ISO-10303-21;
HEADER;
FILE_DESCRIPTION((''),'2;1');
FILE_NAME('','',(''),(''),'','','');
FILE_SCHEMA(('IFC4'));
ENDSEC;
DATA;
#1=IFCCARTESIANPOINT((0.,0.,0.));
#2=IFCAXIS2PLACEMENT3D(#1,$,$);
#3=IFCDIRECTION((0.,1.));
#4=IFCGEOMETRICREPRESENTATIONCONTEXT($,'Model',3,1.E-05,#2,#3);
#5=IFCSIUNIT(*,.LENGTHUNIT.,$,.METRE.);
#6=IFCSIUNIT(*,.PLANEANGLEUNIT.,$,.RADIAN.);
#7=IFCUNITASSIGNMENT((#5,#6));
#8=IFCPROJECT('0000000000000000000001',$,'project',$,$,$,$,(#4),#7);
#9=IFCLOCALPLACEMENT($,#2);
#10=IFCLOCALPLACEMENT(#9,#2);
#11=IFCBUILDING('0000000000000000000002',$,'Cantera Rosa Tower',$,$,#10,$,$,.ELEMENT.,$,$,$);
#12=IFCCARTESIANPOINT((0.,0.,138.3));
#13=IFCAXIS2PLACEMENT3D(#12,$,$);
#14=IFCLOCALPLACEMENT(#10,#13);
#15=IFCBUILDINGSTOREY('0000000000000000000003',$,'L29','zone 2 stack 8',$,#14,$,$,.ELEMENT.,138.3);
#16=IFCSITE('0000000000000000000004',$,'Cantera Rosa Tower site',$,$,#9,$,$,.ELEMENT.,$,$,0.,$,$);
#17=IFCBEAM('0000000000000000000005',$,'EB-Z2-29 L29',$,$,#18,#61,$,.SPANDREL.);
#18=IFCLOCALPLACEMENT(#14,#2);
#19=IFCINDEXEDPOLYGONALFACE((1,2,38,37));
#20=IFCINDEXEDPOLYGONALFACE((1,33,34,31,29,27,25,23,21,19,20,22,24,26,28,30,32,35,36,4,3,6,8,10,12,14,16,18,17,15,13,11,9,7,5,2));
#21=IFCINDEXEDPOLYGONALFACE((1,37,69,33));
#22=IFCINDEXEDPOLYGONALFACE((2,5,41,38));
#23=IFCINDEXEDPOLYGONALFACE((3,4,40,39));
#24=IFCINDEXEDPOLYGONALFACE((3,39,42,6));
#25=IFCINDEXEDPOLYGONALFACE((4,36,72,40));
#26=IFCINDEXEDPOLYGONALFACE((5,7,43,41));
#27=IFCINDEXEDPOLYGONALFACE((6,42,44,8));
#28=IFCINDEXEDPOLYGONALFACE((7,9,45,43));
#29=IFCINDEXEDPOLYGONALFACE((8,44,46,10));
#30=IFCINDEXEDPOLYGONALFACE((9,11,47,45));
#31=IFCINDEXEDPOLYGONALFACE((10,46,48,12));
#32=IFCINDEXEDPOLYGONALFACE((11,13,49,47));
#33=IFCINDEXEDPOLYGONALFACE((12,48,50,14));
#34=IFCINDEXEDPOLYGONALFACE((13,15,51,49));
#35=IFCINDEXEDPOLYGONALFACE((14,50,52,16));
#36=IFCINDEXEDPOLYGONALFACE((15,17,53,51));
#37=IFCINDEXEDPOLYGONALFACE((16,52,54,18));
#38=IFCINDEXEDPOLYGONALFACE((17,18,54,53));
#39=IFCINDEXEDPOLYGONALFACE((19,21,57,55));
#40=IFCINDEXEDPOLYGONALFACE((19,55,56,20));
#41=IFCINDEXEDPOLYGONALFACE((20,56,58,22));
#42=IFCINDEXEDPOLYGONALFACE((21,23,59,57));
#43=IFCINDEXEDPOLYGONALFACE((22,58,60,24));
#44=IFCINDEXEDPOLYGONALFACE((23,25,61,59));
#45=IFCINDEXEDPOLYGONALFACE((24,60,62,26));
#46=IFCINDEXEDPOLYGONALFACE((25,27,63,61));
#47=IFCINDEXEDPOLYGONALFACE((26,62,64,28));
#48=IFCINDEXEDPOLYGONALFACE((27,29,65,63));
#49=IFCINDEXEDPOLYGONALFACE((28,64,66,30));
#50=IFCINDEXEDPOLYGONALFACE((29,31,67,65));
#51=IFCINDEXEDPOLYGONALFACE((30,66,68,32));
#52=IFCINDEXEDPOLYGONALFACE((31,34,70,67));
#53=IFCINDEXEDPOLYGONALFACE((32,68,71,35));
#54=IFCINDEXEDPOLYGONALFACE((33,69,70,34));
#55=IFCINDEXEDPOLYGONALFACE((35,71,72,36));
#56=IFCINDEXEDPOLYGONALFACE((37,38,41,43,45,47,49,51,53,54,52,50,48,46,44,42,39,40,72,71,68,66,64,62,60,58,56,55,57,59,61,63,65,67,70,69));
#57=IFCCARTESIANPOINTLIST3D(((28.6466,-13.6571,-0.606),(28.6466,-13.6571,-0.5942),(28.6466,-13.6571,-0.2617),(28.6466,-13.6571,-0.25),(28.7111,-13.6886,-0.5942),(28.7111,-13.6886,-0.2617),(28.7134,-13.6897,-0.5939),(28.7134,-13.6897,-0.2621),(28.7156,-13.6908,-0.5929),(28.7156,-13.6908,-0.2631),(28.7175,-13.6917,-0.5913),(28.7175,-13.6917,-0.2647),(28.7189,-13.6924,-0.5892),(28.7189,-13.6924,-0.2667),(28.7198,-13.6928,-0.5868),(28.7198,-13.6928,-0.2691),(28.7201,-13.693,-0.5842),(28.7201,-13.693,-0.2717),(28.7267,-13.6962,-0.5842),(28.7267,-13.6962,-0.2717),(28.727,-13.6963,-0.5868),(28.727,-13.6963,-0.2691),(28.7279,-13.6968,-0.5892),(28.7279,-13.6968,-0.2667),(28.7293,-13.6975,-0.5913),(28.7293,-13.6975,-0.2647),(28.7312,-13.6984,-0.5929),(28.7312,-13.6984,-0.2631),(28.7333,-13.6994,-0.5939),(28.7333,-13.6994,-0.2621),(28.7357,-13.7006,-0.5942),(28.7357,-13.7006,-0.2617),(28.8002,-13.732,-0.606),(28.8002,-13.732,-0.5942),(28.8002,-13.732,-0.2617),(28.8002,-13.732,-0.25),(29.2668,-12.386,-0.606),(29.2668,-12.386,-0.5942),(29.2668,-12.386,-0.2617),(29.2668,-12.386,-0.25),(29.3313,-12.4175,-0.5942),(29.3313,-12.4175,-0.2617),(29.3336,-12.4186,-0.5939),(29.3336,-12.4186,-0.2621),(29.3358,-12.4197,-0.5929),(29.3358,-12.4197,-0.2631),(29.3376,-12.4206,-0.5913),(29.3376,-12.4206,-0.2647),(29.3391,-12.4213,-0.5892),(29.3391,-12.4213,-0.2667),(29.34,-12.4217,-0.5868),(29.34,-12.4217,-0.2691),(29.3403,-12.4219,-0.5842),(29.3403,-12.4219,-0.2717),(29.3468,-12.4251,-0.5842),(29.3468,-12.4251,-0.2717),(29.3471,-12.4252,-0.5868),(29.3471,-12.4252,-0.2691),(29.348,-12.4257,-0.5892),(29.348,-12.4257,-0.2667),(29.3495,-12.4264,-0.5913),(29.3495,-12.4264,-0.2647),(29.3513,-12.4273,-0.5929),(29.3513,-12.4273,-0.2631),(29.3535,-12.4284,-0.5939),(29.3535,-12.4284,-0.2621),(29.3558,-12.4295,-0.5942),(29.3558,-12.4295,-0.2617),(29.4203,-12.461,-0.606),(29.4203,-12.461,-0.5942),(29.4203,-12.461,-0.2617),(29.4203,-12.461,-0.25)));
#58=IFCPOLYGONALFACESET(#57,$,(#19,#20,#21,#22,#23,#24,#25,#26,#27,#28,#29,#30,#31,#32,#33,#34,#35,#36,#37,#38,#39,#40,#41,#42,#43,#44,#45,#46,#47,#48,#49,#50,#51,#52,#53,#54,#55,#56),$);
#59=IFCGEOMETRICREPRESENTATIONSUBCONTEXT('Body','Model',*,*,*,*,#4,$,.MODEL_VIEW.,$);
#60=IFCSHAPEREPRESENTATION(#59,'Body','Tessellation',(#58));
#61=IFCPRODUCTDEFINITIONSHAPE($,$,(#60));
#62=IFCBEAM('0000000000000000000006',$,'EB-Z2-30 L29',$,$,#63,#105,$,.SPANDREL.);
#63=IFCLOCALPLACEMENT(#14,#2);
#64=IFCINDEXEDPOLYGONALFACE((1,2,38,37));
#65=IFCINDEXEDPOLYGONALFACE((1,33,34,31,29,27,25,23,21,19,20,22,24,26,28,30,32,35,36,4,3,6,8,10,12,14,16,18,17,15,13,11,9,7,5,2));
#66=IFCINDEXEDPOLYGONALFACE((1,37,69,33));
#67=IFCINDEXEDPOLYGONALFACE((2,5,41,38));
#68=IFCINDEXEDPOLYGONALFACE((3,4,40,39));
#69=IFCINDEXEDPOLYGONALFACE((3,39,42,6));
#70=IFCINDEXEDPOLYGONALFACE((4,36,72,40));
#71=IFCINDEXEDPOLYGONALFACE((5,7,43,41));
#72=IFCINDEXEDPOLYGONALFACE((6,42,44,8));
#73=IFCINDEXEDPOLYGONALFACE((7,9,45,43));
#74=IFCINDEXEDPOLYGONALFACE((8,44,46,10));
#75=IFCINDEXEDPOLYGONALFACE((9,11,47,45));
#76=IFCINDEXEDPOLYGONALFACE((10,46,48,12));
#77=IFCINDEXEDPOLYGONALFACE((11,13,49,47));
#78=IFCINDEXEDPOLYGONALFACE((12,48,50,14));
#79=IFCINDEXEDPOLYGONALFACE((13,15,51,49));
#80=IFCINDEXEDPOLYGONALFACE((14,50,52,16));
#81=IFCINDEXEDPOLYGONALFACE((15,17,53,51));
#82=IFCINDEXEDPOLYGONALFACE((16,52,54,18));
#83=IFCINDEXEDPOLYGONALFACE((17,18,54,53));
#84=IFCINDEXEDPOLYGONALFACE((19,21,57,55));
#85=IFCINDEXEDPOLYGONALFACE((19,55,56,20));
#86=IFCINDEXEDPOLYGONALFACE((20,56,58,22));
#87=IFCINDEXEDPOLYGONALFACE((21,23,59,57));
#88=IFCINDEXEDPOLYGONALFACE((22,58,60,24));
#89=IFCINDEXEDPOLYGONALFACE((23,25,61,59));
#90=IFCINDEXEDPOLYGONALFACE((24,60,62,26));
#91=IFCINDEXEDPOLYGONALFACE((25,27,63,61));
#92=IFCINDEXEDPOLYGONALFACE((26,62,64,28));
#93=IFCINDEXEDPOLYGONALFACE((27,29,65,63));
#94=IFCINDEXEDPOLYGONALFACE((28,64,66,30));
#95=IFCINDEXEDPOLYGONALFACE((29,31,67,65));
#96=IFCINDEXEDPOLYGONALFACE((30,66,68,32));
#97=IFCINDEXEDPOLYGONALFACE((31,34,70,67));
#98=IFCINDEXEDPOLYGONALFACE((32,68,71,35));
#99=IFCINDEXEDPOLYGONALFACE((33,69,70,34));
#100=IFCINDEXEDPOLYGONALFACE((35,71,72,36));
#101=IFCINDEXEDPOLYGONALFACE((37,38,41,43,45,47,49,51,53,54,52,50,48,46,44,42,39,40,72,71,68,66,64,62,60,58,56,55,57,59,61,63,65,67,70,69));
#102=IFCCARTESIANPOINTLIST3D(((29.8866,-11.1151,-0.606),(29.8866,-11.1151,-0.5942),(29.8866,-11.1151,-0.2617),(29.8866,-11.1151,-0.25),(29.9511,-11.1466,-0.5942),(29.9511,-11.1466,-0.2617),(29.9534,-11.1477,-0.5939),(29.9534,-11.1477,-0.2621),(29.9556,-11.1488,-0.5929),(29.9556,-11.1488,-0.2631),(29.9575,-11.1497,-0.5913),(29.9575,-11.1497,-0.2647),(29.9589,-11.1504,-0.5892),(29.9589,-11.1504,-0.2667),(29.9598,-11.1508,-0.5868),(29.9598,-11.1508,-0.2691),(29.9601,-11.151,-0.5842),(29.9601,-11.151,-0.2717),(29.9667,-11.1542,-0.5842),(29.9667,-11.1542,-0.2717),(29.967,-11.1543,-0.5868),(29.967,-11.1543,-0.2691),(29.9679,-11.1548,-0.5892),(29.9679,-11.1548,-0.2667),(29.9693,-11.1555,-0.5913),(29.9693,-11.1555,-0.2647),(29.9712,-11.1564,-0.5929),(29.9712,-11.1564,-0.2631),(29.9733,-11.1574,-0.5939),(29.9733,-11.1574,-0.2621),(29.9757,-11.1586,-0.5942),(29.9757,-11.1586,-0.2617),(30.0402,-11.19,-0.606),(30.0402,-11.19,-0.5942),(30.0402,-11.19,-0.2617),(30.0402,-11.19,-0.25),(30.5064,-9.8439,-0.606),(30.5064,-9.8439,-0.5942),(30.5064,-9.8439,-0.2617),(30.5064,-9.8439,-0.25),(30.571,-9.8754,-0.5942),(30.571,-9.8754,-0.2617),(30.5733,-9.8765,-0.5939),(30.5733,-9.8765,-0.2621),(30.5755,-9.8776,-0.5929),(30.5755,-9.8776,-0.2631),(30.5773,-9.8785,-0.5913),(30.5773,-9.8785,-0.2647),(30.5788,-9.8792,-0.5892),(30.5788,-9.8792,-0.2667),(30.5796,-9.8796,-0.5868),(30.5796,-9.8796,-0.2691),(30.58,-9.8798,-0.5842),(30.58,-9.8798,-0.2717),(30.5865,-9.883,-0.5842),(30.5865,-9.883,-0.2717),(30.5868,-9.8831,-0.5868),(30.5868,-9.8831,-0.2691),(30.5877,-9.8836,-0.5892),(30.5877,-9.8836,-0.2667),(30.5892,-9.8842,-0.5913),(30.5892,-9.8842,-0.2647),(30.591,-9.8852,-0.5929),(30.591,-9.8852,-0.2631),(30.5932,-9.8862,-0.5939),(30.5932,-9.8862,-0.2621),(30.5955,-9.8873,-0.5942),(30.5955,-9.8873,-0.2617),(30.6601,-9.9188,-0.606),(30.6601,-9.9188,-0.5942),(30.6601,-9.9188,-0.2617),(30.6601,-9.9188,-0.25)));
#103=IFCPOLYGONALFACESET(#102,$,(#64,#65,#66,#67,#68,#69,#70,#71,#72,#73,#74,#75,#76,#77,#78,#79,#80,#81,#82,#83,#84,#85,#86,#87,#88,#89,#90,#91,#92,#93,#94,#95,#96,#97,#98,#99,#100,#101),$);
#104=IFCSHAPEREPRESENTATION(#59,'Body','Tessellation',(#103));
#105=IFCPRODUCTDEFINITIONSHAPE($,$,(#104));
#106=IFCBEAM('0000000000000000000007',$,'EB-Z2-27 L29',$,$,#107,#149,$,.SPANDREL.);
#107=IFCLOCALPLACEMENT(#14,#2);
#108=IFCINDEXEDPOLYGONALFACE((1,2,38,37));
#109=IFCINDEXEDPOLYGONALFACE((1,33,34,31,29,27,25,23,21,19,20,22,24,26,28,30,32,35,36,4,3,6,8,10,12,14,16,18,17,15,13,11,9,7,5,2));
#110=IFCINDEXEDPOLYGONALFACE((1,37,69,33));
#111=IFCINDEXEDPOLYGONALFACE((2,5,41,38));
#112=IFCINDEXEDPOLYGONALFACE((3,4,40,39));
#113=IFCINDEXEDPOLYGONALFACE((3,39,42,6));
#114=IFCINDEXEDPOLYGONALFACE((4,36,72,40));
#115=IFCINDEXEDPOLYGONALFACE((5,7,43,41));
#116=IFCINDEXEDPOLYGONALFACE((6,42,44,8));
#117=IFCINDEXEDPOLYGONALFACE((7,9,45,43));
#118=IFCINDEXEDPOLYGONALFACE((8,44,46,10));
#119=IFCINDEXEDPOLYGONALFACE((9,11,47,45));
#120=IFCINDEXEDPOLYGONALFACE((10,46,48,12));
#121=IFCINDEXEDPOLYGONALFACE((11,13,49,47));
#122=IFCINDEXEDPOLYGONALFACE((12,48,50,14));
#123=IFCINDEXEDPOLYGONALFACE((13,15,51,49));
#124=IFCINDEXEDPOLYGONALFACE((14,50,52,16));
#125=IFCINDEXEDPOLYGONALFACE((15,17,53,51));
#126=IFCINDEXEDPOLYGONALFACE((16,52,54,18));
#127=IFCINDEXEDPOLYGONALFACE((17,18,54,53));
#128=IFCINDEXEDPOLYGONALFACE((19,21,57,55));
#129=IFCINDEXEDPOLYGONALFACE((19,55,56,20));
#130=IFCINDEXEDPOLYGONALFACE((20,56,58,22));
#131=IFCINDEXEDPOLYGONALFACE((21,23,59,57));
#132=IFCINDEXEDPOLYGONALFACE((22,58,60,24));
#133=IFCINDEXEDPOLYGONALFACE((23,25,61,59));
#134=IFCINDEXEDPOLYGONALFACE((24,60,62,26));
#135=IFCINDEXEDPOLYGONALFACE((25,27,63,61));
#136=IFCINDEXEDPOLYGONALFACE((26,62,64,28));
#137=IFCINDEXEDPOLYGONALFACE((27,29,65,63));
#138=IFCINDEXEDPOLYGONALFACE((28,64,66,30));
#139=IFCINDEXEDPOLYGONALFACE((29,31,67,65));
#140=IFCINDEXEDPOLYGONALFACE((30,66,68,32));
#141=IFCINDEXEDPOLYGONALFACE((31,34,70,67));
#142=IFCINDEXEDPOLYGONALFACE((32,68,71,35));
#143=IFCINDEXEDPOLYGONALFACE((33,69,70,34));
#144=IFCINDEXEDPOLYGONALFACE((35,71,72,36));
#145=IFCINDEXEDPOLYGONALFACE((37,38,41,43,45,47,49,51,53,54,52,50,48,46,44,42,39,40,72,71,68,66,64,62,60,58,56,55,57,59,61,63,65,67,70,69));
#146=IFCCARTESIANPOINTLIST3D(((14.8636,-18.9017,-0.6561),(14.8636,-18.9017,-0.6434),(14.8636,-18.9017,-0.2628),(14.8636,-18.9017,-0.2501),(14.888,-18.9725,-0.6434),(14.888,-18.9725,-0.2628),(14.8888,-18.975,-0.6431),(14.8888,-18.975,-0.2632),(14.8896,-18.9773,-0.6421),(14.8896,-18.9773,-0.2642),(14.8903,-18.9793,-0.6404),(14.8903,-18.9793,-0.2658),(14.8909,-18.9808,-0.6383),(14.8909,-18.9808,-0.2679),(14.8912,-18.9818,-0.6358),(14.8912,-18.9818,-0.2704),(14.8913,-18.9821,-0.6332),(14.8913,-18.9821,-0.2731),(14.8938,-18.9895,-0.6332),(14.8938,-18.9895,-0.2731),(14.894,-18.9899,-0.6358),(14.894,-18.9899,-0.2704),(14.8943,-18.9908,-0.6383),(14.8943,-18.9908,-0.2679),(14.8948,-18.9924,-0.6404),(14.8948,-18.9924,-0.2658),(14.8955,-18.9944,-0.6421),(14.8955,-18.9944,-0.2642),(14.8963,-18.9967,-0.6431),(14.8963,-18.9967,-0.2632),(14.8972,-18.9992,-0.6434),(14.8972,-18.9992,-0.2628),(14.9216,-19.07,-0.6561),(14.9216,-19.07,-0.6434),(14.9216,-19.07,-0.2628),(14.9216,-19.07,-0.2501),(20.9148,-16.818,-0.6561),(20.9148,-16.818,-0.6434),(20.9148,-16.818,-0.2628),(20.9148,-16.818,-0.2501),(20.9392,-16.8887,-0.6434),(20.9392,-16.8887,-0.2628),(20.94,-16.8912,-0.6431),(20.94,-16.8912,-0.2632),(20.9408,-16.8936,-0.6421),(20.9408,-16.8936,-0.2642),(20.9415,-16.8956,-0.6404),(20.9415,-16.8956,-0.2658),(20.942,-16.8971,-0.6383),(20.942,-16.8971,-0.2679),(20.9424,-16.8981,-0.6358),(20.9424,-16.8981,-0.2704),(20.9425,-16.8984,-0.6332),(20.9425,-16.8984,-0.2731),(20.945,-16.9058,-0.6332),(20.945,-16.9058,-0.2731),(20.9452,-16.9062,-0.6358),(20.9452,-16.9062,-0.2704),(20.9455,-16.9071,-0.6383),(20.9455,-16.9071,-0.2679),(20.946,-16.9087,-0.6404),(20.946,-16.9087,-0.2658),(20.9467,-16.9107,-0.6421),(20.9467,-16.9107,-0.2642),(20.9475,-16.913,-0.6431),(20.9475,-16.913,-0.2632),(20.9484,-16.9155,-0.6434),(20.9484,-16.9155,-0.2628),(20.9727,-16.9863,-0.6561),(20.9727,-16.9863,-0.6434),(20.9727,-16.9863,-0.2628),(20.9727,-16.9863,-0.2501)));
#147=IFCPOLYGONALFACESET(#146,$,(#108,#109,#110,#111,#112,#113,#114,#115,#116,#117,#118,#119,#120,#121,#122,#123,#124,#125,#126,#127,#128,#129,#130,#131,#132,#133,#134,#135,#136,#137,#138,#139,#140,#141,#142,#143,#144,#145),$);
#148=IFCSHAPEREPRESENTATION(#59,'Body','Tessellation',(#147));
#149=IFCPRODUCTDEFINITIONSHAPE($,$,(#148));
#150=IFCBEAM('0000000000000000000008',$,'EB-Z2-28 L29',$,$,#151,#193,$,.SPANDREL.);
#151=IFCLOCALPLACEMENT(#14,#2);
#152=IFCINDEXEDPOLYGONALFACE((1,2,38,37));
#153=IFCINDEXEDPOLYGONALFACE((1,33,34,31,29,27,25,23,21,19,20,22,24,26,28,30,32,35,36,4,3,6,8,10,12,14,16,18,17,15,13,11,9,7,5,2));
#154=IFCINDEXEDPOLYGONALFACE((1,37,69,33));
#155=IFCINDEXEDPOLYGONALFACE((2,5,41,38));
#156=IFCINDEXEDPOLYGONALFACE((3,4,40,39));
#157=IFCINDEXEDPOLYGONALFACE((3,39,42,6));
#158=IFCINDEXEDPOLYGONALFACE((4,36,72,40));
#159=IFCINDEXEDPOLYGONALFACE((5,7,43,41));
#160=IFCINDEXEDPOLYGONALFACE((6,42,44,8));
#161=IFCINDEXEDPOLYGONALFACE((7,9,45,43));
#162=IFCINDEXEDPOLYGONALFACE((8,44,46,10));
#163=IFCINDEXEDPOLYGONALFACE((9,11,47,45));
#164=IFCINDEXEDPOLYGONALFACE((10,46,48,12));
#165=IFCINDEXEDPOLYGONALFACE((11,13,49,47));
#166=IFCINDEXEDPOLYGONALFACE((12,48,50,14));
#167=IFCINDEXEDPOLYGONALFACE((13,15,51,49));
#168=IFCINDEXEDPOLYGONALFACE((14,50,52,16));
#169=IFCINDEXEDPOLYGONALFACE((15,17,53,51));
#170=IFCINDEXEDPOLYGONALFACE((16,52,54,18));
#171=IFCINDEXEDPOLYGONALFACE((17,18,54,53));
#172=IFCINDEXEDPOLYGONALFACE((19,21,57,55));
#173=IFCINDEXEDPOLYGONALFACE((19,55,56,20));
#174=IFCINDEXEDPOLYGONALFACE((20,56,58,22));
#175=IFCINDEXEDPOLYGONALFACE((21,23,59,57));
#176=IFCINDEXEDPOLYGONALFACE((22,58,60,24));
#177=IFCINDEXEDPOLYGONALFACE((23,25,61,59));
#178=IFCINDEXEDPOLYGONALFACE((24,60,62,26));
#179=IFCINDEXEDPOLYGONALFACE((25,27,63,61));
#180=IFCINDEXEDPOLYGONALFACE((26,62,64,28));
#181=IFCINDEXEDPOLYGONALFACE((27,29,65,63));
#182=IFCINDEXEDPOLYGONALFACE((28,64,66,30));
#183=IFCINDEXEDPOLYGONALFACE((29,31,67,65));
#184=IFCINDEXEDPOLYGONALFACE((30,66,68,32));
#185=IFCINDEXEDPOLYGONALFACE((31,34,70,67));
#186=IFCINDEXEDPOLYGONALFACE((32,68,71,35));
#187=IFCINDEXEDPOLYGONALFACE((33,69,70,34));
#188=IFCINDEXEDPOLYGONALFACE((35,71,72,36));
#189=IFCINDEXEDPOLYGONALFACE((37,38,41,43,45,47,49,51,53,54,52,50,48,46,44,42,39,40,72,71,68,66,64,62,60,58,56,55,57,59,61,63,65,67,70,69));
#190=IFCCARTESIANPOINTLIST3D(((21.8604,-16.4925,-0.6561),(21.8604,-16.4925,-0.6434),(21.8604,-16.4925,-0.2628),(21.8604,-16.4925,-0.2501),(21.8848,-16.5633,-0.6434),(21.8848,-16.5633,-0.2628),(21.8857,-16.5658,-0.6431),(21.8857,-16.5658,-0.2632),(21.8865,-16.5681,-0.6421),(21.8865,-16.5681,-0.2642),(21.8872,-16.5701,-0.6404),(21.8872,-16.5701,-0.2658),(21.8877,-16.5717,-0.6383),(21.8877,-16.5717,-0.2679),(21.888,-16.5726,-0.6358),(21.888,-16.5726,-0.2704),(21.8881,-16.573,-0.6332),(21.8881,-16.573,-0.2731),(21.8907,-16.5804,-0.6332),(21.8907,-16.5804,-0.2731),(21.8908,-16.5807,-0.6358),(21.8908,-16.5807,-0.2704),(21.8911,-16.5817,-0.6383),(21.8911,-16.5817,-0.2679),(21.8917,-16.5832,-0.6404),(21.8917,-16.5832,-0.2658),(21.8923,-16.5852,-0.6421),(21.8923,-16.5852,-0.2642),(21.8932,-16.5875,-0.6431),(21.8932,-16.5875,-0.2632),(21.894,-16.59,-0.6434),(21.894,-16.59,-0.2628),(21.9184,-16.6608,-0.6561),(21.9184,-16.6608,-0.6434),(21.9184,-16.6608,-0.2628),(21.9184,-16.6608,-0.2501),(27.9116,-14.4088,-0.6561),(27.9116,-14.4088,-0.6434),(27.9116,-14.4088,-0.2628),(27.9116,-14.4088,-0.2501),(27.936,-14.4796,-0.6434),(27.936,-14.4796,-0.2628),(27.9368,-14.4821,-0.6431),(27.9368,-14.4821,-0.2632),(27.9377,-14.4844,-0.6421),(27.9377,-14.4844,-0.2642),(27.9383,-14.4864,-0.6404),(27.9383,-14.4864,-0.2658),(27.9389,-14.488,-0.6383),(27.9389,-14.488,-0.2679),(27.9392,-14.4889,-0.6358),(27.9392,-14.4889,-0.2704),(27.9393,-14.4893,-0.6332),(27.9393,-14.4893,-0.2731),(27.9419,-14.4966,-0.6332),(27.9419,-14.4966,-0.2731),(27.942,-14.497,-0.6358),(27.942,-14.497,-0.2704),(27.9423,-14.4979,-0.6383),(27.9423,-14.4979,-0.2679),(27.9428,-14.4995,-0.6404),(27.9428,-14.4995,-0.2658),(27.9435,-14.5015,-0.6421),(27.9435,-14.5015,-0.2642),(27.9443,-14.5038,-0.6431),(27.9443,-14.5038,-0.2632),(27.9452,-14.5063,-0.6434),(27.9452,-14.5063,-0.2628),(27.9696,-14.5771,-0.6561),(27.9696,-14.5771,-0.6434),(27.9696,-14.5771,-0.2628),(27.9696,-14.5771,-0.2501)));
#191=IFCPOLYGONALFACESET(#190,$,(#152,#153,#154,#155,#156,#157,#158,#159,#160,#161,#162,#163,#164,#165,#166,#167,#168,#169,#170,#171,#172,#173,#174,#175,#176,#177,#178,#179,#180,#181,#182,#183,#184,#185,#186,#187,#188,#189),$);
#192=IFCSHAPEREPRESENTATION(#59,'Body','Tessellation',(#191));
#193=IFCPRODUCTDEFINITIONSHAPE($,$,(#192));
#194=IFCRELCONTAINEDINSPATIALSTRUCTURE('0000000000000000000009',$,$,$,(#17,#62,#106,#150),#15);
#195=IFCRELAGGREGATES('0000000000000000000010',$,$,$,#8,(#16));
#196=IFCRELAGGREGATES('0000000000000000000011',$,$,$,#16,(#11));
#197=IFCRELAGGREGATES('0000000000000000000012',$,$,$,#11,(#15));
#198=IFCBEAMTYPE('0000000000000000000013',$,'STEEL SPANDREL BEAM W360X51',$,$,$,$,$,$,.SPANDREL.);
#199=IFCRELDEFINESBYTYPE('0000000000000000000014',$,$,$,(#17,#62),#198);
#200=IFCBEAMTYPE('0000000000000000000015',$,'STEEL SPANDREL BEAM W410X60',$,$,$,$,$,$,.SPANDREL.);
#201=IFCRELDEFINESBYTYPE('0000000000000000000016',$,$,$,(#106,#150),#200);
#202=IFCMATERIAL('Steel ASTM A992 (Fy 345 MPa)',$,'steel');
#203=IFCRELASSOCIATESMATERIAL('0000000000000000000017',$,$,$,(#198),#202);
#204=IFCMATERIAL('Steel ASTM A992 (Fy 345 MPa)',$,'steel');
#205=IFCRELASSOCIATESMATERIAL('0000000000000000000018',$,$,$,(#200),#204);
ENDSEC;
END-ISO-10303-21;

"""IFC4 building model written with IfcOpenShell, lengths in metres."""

from ifc_helpers import new_model, si_unit, direction, frame, origin, origin_2d, place, context, subcontext, project, spatial, i_section, extrude, material, material_profile, profile_set, type_object, element, save


model = new_model("IFC4")

# Units and contexts
model_context = context("Model", 3, precision=1e-05, world=origin(), true_north=direction((0.0, 1.0)))
body_context = subcontext(model_context, "Body", "Model", "MODEL_VIEW")
ifc_project = project(units=[si_unit("LENGTHUNIT", "METRE"), si_unit("PLANEANGLEUNIT", "RADIAN")], contexts=[model_context])

# Site, building, storey
site_placement = place(None, origin())
site = spatial("IfcSite", under=ifc_project, at=site_placement, Name="Cantera Rosa Tower site", CompositionType="ELEMENT", RefElevation=0.0)
building_placement = place(site_placement, origin())
building = spatial("IfcBuilding", under=site, at=building_placement, Name="Cantera Rosa Tower", CompositionType="ELEMENT")
storey_placement = place(building_placement, frame((0.0, 0.0, 138.3)))
storey = spatial("IfcBuildingStorey", under=building, at=storey_placement, Name="L29", Description="zone 2 stack 8", CompositionType="ELEMENT", Elevation=138.3)

# Beams
ifc_material_1 = material(Name="Steel ASTM A992 (Fy 345 MPa)", Category="steel")
ifc_material_profile_1 = material_profile(ifc_material_1, i_section(OverallWidth=0.1709, OverallDepth=0.356, WebThickness=0.0073, FlangeThickness=0.0117, FilletRadius=0.01, at=origin_2d()), Name="W360X51")
ifc_profile_set_1 = profile_set([ifc_material_profile_1], Name="Steel ASTM A992 (Fy 345 MPa)")
beam_type_1 = type_object("IfcBeamType", Name="STEEL SPANDREL BEAM W360X51", PredefinedType="SPANDREL", material=ifc_profile_set_1)
for number, where, z_axis, x_axis, name in (
    (1, (28.7234, -13.6946, -0.428), (0.438492, 0.898735, 0.0), (-0.898735, 0.438492, 0.0), "EB-Z2-29 L29"),
    (2, (29.9634, -11.1526, -0.428), (0.438284, 0.898836, 0.0), (-0.898836, 0.438284, 0.0), "EB-Z2-30 L29"),
):
    element("IfcBeam", number, at=place(storey_placement, frame(where, z_axis=z_axis, x_axis=x_axis)), inside=storey, type_object=beam_type_1, Name=name, PredefinedType="SPANDREL", context=body_context, shape_type="SweptSolid", body=[
        extrude(i_section(OverallWidth=0.1709, OverallDepth=0.356, WebThickness=0.0073, FlangeThickness=0.0117, FilletRadius=0.01, at=origin_2d()), origin(), (0.0, 0.0, 1.0), 1.4143),
    ])
ifc_material_2 = material(Name="Steel ASTM A992 (Fy 345 MPa)", Category="steel")
ifc_material_profile_2 = material_profile(ifc_material_2, i_section(OverallWidth=0.178, OverallDepth=0.406, WebThickness=0.0078, FlangeThickness=0.0127, FilletRadius=0.0103, at=origin_2d()), Name="W410X60")
ifc_profile_set_2 = profile_set([ifc_material_profile_2], Name="Steel ASTM A992 (Fy 345 MPa)")
beam_type_2 = type_object("IfcBeamType", Name="STEEL SPANDREL BEAM W410X60", PredefinedType="SPANDREL", material=ifc_profile_set_2)
for number, where, z_axis, x_axis, name in (
    (3, (14.8926, -18.9858, -0.4531), (0.945513, 0.325585, 0.0), (-0.325585, 0.945513, 0.0), "EB-Z2-27 L29"),
    (4, (21.8894, -16.5767, -0.4531), (0.945513, 0.325585, 0.0), (-0.325585, 0.945513, 0.0), "EB-Z2-28 L29"),
):
    element("IfcBeam", number, at=place(storey_placement, frame(where, z_axis=z_axis, x_axis=x_axis)), inside=storey, type_object=beam_type_2, Name=name, PredefinedType="SPANDREL", context=body_context, shape_type="SweptSolid", body=[
        extrude(i_section(OverallWidth=0.178, OverallDepth=0.406, WebThickness=0.0078, FlangeThickness=0.0127, FilletRadius=0.0103, at=origin_2d()), origin(), (0.0, 0.0, 1.0), 6.3999),
    ])

save(model, "model.ifc")
